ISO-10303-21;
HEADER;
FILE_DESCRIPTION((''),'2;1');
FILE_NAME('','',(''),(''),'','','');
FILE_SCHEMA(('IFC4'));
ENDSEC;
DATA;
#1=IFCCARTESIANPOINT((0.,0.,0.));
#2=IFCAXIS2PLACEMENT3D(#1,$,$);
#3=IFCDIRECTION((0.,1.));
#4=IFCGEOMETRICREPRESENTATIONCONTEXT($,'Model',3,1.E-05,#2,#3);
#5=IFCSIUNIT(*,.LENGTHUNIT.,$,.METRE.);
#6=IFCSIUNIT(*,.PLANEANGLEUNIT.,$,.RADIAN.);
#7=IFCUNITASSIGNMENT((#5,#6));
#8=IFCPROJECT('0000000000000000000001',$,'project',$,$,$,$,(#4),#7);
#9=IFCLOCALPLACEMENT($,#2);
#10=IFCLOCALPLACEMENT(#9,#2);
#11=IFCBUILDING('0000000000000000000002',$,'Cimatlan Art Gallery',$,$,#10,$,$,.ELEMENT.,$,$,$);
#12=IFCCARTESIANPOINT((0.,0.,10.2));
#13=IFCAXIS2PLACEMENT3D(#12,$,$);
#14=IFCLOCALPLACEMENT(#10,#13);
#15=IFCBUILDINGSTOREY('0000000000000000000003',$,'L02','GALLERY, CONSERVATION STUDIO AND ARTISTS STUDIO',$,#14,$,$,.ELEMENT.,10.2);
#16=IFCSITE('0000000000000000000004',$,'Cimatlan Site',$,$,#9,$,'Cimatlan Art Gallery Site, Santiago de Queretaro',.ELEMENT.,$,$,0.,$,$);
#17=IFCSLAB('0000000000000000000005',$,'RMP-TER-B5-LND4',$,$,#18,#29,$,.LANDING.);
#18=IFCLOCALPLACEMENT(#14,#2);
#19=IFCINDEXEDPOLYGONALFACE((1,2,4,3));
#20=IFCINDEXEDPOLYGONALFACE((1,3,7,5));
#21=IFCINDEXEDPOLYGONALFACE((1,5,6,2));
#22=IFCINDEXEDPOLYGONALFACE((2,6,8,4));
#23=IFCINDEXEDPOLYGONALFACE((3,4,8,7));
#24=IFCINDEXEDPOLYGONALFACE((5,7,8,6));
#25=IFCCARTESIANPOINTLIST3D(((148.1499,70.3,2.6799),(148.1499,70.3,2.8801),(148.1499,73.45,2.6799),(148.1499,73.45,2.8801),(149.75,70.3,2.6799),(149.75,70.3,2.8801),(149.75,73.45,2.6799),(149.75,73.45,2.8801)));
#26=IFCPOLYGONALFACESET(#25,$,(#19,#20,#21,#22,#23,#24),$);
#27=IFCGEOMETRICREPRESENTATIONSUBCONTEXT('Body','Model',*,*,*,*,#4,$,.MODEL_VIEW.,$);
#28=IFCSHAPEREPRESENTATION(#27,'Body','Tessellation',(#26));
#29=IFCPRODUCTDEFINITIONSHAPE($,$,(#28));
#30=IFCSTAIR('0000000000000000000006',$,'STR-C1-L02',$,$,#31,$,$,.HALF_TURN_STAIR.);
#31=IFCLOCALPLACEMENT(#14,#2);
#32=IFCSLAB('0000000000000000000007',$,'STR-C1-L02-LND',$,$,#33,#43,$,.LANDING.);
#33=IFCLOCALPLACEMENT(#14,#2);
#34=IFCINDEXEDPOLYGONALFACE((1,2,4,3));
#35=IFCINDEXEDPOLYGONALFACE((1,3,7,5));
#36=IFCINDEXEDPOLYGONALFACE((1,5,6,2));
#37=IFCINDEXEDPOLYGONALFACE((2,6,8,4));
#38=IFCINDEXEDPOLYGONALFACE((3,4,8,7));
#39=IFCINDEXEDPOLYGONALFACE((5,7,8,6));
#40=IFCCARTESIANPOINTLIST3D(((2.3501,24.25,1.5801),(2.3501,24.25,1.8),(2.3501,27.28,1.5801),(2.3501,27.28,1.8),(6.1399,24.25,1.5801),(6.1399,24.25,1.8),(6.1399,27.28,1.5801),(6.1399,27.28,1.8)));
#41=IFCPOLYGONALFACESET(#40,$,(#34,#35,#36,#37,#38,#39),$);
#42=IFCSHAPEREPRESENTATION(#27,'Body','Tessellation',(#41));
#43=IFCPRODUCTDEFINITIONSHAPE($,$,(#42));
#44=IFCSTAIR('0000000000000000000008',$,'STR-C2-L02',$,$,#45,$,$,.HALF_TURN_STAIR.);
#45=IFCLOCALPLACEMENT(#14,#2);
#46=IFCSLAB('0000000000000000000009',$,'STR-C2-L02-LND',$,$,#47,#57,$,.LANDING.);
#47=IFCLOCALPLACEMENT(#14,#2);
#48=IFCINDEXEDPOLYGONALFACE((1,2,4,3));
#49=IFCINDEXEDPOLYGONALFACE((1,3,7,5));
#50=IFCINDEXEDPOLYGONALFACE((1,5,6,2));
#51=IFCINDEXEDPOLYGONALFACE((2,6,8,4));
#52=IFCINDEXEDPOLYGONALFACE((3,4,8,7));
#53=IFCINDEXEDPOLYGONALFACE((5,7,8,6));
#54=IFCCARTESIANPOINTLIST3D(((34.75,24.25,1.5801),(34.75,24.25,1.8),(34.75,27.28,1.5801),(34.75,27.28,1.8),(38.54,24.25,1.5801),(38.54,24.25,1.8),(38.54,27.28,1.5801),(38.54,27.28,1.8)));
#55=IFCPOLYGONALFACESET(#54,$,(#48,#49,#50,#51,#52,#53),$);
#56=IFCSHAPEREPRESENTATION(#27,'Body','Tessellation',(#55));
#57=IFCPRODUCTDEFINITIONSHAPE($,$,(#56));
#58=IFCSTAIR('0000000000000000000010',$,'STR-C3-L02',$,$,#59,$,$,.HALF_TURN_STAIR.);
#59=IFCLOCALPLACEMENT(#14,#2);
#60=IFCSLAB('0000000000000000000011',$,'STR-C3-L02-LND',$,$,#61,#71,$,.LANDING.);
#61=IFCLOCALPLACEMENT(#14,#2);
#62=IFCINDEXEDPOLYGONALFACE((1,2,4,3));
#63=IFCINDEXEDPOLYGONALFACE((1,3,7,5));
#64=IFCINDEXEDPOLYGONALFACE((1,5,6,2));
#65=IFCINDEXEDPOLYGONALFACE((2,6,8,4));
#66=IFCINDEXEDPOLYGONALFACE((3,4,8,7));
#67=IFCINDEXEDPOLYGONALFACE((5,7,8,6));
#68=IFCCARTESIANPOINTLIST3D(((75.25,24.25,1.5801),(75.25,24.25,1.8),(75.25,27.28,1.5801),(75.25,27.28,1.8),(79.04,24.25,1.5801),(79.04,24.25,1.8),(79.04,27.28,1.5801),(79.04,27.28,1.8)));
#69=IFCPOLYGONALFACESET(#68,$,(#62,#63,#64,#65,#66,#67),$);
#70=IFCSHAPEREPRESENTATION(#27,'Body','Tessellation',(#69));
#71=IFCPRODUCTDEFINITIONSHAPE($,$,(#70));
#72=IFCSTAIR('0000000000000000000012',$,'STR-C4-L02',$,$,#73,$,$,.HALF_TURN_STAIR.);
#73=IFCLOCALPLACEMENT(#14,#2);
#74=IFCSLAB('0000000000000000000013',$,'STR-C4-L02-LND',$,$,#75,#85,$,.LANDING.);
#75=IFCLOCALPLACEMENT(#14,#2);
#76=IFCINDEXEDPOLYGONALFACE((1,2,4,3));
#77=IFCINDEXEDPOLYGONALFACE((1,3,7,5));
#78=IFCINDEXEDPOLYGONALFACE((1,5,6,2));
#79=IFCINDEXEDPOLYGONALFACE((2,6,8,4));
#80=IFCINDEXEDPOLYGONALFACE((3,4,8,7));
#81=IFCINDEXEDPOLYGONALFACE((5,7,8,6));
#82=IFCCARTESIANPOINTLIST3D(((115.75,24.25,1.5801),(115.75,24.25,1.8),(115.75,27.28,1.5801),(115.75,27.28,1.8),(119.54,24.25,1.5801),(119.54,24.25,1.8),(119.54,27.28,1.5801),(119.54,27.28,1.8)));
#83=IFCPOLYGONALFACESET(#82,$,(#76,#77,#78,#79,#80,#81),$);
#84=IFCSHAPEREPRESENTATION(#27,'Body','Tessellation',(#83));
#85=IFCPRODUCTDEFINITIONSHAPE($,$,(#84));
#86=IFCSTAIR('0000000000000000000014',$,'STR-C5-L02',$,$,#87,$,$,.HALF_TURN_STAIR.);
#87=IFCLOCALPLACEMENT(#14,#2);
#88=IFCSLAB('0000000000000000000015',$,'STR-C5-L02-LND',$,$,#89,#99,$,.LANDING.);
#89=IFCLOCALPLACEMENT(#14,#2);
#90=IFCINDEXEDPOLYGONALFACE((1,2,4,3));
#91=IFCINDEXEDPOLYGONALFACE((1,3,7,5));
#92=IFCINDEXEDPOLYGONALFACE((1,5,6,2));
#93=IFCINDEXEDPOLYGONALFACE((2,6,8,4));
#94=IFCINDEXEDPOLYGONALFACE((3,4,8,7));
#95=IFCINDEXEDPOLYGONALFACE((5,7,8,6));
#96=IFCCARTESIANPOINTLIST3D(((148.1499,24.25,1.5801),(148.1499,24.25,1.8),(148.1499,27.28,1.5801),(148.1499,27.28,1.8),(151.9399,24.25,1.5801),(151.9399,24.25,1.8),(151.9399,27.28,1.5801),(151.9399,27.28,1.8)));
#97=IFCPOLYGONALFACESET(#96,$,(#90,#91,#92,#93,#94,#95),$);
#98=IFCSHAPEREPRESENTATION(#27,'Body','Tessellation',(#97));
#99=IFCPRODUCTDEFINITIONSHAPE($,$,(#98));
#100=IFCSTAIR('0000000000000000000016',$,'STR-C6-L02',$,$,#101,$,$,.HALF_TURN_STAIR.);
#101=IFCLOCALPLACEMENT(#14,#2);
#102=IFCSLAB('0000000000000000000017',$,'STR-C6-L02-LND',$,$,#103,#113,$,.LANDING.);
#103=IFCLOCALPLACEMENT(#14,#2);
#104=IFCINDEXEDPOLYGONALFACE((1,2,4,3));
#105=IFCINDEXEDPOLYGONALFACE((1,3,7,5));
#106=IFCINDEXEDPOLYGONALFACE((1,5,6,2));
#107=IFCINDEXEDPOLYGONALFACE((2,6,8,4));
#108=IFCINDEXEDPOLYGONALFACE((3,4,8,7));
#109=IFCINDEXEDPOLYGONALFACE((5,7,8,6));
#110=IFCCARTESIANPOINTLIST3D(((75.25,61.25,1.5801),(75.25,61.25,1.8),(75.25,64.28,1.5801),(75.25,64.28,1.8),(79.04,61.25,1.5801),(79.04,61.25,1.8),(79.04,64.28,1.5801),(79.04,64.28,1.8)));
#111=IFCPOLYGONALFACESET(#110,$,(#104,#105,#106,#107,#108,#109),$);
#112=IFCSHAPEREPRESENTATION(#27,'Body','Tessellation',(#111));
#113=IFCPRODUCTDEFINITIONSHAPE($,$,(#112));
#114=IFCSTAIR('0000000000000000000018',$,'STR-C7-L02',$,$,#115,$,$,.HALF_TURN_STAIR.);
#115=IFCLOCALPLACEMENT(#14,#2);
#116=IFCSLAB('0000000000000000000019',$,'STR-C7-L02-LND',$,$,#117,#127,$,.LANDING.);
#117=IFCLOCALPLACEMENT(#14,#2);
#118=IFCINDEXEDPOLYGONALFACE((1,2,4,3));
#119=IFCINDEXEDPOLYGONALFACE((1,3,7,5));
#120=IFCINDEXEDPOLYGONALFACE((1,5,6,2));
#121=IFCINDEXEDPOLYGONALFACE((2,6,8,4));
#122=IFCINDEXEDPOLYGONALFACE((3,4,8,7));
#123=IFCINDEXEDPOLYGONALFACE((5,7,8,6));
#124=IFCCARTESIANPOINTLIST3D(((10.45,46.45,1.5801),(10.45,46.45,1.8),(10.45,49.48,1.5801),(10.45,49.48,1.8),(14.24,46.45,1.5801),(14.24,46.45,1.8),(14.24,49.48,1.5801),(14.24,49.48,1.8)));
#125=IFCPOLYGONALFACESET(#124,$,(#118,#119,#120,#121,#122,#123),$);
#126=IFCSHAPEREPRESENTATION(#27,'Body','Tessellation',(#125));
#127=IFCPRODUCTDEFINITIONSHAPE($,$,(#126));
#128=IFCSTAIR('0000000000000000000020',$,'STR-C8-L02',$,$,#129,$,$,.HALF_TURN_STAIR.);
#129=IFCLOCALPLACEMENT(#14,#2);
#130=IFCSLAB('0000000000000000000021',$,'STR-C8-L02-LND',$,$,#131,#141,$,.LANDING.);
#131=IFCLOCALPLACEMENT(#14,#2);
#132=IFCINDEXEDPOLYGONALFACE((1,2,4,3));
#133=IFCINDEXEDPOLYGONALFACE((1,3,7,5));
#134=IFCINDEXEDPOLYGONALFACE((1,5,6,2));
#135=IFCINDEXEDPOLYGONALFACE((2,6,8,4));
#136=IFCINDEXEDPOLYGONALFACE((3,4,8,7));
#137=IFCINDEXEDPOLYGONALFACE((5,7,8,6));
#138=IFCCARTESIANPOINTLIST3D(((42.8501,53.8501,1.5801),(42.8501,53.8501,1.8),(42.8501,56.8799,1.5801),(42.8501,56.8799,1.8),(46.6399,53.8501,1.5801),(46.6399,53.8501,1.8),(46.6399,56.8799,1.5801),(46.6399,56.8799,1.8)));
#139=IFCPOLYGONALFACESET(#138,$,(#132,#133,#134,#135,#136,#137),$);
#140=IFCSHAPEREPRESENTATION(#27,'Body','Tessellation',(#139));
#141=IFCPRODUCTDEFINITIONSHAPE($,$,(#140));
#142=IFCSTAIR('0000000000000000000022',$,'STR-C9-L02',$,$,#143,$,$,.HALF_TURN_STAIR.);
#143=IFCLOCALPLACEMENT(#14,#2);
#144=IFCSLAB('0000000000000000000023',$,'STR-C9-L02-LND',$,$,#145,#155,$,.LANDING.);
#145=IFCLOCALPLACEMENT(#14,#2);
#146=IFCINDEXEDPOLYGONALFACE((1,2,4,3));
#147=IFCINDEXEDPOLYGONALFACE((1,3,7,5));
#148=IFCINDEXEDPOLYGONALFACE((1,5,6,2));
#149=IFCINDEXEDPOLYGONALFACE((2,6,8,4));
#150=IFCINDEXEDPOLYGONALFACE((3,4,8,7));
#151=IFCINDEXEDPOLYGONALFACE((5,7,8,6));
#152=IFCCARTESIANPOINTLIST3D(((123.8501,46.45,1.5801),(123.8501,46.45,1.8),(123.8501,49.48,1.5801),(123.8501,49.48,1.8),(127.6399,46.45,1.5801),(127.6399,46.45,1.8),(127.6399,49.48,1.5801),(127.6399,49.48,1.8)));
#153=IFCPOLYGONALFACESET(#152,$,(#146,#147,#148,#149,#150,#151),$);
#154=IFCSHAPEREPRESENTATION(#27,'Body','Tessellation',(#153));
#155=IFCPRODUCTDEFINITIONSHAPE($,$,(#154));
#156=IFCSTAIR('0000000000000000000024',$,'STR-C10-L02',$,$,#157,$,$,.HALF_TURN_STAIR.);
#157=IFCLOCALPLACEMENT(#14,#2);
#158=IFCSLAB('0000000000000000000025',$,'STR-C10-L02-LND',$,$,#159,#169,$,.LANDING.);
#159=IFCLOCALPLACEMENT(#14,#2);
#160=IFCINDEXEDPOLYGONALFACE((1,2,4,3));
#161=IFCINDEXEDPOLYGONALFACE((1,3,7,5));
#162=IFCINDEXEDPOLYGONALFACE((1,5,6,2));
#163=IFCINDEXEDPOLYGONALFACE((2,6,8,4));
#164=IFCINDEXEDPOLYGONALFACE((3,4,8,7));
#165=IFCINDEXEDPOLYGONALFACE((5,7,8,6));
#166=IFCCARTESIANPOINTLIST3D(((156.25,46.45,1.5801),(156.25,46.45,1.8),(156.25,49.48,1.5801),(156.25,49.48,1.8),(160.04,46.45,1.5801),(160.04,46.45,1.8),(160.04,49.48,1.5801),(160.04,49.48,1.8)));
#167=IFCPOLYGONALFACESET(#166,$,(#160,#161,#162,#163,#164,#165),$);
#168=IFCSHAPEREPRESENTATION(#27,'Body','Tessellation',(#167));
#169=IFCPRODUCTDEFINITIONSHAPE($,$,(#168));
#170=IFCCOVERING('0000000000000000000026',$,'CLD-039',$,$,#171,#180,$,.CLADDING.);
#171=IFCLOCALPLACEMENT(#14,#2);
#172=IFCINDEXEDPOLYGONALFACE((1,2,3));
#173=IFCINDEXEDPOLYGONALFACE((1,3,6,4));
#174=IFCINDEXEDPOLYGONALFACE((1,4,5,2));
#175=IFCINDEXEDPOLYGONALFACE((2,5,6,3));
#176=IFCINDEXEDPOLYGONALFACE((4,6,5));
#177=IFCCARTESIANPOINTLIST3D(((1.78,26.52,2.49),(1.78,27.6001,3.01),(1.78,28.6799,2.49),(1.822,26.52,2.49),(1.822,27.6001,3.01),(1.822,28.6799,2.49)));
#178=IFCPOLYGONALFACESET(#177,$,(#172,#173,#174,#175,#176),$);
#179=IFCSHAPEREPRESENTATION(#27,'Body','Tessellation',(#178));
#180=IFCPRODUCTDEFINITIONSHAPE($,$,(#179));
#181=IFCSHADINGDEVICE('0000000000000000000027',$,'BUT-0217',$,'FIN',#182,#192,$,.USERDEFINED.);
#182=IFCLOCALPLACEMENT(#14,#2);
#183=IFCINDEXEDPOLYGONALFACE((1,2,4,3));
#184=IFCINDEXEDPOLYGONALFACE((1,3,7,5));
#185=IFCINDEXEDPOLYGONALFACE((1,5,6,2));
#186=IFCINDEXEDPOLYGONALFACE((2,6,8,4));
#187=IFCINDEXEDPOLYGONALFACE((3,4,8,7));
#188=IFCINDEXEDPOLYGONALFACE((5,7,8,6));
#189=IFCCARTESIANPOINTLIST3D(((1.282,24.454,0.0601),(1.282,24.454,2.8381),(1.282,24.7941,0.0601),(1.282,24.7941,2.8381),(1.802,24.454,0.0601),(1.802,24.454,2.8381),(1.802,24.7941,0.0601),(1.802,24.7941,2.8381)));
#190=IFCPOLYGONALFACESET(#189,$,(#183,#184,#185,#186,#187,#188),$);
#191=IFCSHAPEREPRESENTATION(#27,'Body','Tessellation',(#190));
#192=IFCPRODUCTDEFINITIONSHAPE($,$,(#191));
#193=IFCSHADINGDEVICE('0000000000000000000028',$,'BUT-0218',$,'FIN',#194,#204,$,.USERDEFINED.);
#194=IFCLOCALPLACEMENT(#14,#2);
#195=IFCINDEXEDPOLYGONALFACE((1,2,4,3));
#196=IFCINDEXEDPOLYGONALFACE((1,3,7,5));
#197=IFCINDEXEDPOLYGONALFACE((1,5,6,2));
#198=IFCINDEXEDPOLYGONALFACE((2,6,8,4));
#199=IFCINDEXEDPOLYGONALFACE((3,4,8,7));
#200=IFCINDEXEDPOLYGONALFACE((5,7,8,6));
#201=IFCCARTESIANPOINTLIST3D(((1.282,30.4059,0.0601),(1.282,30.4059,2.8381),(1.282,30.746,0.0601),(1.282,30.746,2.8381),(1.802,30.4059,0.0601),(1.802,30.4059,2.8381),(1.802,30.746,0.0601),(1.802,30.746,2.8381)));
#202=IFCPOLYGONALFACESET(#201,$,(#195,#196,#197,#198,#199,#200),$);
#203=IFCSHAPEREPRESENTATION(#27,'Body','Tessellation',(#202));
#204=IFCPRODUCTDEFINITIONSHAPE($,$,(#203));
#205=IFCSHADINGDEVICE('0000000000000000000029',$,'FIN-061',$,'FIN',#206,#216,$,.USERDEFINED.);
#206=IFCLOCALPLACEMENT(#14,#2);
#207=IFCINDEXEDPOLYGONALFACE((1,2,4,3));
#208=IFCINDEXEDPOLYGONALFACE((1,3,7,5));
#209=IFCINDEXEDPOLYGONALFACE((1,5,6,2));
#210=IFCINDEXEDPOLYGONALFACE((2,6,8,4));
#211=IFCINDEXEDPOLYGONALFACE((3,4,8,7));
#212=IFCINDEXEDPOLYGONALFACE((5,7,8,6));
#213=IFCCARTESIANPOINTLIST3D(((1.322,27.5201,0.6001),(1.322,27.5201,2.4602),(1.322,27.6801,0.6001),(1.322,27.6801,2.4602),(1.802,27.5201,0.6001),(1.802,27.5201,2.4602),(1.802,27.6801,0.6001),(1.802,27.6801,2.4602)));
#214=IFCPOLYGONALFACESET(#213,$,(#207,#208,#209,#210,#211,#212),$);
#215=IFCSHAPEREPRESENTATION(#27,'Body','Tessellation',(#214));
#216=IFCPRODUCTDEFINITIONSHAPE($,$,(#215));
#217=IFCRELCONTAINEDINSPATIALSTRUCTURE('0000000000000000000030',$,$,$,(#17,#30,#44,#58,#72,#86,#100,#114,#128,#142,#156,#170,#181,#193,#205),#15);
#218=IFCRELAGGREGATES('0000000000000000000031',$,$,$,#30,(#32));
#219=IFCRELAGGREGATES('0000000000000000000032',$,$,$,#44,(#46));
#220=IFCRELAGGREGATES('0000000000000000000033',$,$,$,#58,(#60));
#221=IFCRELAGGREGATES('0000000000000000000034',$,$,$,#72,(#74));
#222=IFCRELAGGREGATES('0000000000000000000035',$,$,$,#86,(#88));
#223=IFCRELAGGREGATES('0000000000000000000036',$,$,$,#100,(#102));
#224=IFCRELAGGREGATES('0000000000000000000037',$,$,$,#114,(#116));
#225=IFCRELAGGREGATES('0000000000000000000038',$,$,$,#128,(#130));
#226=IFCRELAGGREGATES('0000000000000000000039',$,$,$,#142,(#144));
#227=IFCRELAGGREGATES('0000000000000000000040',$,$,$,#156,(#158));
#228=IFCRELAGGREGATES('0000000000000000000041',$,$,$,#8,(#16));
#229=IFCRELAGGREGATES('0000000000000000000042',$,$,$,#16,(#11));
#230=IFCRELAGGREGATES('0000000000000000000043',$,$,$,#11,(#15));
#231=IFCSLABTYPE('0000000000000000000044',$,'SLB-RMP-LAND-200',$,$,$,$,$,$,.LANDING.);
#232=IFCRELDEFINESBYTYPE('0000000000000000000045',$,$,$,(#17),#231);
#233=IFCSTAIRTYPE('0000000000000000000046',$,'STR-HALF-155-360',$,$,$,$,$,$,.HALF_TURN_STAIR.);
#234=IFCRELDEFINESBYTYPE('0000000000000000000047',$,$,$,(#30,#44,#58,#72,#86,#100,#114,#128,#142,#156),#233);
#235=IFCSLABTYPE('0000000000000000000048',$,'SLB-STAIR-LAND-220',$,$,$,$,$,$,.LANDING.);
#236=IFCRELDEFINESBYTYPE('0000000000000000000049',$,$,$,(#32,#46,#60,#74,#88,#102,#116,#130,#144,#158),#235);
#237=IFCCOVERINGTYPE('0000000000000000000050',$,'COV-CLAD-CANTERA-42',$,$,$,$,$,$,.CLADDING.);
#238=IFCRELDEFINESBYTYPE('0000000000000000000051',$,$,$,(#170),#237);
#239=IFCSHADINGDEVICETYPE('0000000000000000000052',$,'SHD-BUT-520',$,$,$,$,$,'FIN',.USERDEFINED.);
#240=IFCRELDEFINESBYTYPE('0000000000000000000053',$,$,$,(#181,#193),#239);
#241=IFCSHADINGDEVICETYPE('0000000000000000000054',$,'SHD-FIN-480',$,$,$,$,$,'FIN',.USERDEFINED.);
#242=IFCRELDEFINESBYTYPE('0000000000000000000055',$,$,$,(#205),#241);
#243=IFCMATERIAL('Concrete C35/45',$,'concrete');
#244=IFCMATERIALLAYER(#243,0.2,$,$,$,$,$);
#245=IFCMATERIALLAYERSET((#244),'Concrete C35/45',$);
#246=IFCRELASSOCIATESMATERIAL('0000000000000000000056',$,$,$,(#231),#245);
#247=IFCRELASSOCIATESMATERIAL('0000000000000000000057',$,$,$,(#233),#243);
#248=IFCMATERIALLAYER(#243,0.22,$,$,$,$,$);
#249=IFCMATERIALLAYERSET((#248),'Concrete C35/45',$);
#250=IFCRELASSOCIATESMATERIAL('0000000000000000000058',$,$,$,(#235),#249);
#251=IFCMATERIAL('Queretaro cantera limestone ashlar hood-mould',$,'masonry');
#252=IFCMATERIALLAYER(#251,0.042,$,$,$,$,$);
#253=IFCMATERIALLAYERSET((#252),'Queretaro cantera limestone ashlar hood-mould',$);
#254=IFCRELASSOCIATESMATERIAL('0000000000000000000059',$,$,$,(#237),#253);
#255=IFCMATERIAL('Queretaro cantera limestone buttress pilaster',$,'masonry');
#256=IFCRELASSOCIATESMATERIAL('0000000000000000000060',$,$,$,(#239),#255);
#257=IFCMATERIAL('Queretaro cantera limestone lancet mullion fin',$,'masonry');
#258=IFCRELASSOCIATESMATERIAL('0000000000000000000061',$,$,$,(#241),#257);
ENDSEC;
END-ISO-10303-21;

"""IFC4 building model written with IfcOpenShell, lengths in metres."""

from ifc_helpers import new_model, si_unit, direction, frame, origin, origin_2d, place, context, subcontext, project, spatial, polyline, rectangle, outline, extrude, material, layer, layer_set, type_object, element, aggregate, save


model = new_model("IFC4")

# Units and contexts
model_context = context("Model", 3, precision=1e-05, world=origin(), true_north=direction((0.0, 1.0)))
body_context = subcontext(model_context, "Body", "Model", "MODEL_VIEW")
ifc_project = project(units=[si_unit("LENGTHUNIT", "METRE"), si_unit("PLANEANGLEUNIT", "RADIAN")], contexts=[model_context])

# Site, building, storey
site_placement = place(None, origin())
site = spatial("IfcSite", under=ifc_project, at=site_placement, Name="Cimatlan Site", LongName="Cimatlan Art Gallery Site, Santiago de Queretaro", CompositionType="ELEMENT", RefElevation=0.0)
building_placement = place(site_placement, origin())
building = spatial("IfcBuilding", under=site, at=building_placement, Name="Cimatlan Art Gallery", CompositionType="ELEMENT")
storey_placement = place(building_placement, frame((0.0, 0.0, 10.2)))
storey = spatial("IfcBuildingStorey", under=building, at=storey_placement, Name="L02", Description="GALLERY, CONSERVATION STUDIO AND ARTISTS STUDIO", CompositionType="ELEMENT", Elevation=10.2)

# Slab
ifc_material_1 = material(Name="Concrete C35/45", Category="concrete")
ifc_layer_1 = layer(ifc_material_1, 0.2)
ifc_layer_set_1 = layer_set([ifc_layer_1], Name="Concrete C35/45")
slab_type_1 = type_object("IfcSlabType", Name="SLB-RMP-LAND-200", PredefinedType="LANDING", material=ifc_layer_set_1)
slab_1_placement = place(storey_placement, frame((0.0, 0.0, 2.6799)))
element("IfcSlab", 1, at=slab_1_placement, inside=storey, type_object=slab_type_1, Name="RMP-TER-B5-LND4", PredefinedType="LANDING", context=body_context, shape_type="SweptSolid", body=[
    extrude(outline(polyline([(148.1499, 70.3), (149.75, 70.3), (149.75, 73.45), (148.1499, 73.45), (148.1499, 70.3)])), origin(), (0.0, 0.0, 1.0), 0.2002),
])

# Stairs, slabs
stair_type = type_object("IfcStairType", Name="STR-HALF-155-360", PredefinedType="HALF_TURN_STAIR", material=ifc_material_1)
stair_1_placement = place(storey_placement, origin())
stair_1 = element("IfcStair", 2, at=stair_1_placement, inside=storey, type_object=stair_type, Name="STR-C1-L02", PredefinedType="HALF_TURN_STAIR")
ifc_layer_2 = layer(ifc_material_1, 0.22)
ifc_layer_set_2 = layer_set([ifc_layer_2], Name="Concrete C35/45")
slab_type_2 = type_object("IfcSlabType", Name="SLB-STAIR-LAND-220", PredefinedType="LANDING", material=ifc_layer_set_2)
slab_2_placement = place(storey_placement, frame((0.0, 0.0, 1.5801)))
slab_2 = element("IfcSlab", 3, at=slab_2_placement, type_object=slab_type_2, Name="STR-C1-L02-LND", PredefinedType="LANDING", context=body_context, shape_type="SweptSolid", body=[
    extrude(outline(polyline([(2.3501, 24.25), (6.1399, 24.25), (6.1399, 27.28), (2.3501, 27.28), (2.3501, 24.25)])), origin(), (0.0, 0.0, 1.0), 0.22),
])
aggregate(stair_1, [slab_2])
stair_2_placement = place(storey_placement, origin())
stair_2 = element("IfcStair", 4, at=stair_2_placement, inside=storey, type_object=stair_type, Name="STR-C2-L02", PredefinedType="HALF_TURN_STAIR")
slab_3_placement = place(storey_placement, frame((0.0, 0.0, 1.5801)))
slab_3 = element("IfcSlab", 5, at=slab_3_placement, type_object=slab_type_2, Name="STR-C2-L02-LND", PredefinedType="LANDING", context=body_context, shape_type="SweptSolid", body=[
    extrude(outline(polyline([(34.75, 24.25), (38.54, 24.25), (38.54, 27.28), (34.75, 27.28), (34.75, 24.25)])), origin(), (0.0, 0.0, 1.0), 0.22),
])
aggregate(stair_2, [slab_3])
stair_3_placement = place(storey_placement, origin())
stair_3 = element("IfcStair", 6, at=stair_3_placement, inside=storey, type_object=stair_type, Name="STR-C3-L02", PredefinedType="HALF_TURN_STAIR")
slab_4_placement = place(storey_placement, frame((0.0, 0.0, 1.5801)))
slab_4 = element("IfcSlab", 7, at=slab_4_placement, type_object=slab_type_2, Name="STR-C3-L02-LND", PredefinedType="LANDING", context=body_context, shape_type="SweptSolid", body=[
    extrude(outline(polyline([(75.25, 24.25), (79.04, 24.25), (79.04, 27.28), (75.25, 27.28), (75.25, 24.25)])), origin(), (0.0, 0.0, 1.0), 0.22),
])
aggregate(stair_3, [slab_4])
stair_4_placement = place(storey_placement, origin())
stair_4 = element("IfcStair", 8, at=stair_4_placement, inside=storey, type_object=stair_type, Name="STR-C4-L02", PredefinedType="HALF_TURN_STAIR")
slab_5_placement = place(storey_placement, frame((0.0, 0.0, 1.5801)))
slab_5 = element("IfcSlab", 9, at=slab_5_placement, type_object=slab_type_2, Name="STR-C4-L02-LND", PredefinedType="LANDING", context=body_context, shape_type="SweptSolid", body=[
    extrude(outline(polyline([(115.75, 24.25), (119.54, 24.25), (119.54, 27.28), (115.75, 27.28), (115.75, 24.25)])), origin(), (0.0, 0.0, 1.0), 0.22),
])
aggregate(stair_4, [slab_5])
stair_5_placement = place(storey_placement, origin())
stair_5 = element("IfcStair", 10, at=stair_5_placement, inside=storey, type_object=stair_type, Name="STR-C5-L02", PredefinedType="HALF_TURN_STAIR")
slab_6_placement = place(storey_placement, frame((0.0, 0.0, 1.5801)))
slab_6 = element("IfcSlab", 11, at=slab_6_placement, type_object=slab_type_2, Name="STR-C5-L02-LND", PredefinedType="LANDING", context=body_context, shape_type="SweptSolid", body=[
    extrude(outline(polyline([(148.1499, 24.25), (151.9399, 24.25), (151.9399, 27.28), (148.1499, 27.28), (148.1499, 24.25)])), origin(), (0.0, 0.0, 1.0), 0.22),
])
aggregate(stair_5, [slab_6])
stair_6_placement = place(storey_placement, origin())
stair_6 = element("IfcStair", 12, at=stair_6_placement, inside=storey, type_object=stair_type, Name="STR-C6-L02", PredefinedType="HALF_TURN_STAIR")
slab_7_placement = place(storey_placement, frame((0.0, 0.0, 1.5801)))
slab_7 = element("IfcSlab", 13, at=slab_7_placement, type_object=slab_type_2, Name="STR-C6-L02-LND", PredefinedType="LANDING", context=body_context, shape_type="SweptSolid", body=[
    extrude(outline(polyline([(75.25, 61.25), (79.04, 61.25), (79.04, 64.28), (75.25, 64.28), (75.25, 61.25)])), origin(), (0.0, 0.0, 1.0), 0.22),
])
aggregate(stair_6, [slab_7])
stair_7_placement = place(storey_placement, origin())
stair_7 = element("IfcStair", 14, at=stair_7_placement, inside=storey, type_object=stair_type, Name="STR-C7-L02", PredefinedType="HALF_TURN_STAIR")
slab_8_placement = place(storey_placement, frame((0.0, 0.0, 1.5801)))
slab_8 = element("IfcSlab", 15, at=slab_8_placement, type_object=slab_type_2, Name="STR-C7-L02-LND", PredefinedType="LANDING", context=body_context, shape_type="SweptSolid", body=[
    extrude(outline(polyline([(10.45, 46.45), (14.24, 46.45), (14.24, 49.48), (10.45, 49.48), (10.45, 46.45)])), origin(), (0.0, 0.0, 1.0), 0.22),
])
aggregate(stair_7, [slab_8])
stair_8_placement = place(storey_placement, origin())
stair_8 = element("IfcStair", 16, at=stair_8_placement, inside=storey, type_object=stair_type, Name="STR-C8-L02", PredefinedType="HALF_TURN_STAIR")
slab_9_placement = place(storey_placement, frame((0.0, 0.0, 1.5801)))
slab_9 = element("IfcSlab", 17, at=slab_9_placement, type_object=slab_type_2, Name="STR-C8-L02-LND", PredefinedType="LANDING", context=body_context, shape_type="SweptSolid", body=[
    extrude(outline(polyline([(42.8501, 53.8501), (46.6399, 53.8501), (46.6399, 56.8799), (42.8501, 56.8799), (42.8501, 53.8501)])), origin(), (0.0, 0.0, 1.0), 0.22),
])
aggregate(stair_8, [slab_9])
stair_9_placement = place(storey_placement, origin())
stair_9 = element("IfcStair", 18, at=stair_9_placement, inside=storey, type_object=stair_type, Name="STR-C9-L02", PredefinedType="HALF_TURN_STAIR")
slab_10_placement = place(storey_placement, frame((0.0, 0.0, 1.5801)))
slab_10 = element("IfcSlab", 19, at=slab_10_placement, type_object=slab_type_2, Name="STR-C9-L02-LND", PredefinedType="LANDING", context=body_context, shape_type="SweptSolid", body=[
    extrude(outline(polyline([(123.8501, 46.45), (127.6399, 46.45), (127.6399, 49.48), (123.8501, 49.48), (123.8501, 46.45)])), origin(), (0.0, 0.0, 1.0), 0.22),
])
aggregate(stair_9, [slab_10])
stair_10_placement = place(storey_placement, origin())
stair_10 = element("IfcStair", 20, at=stair_10_placement, inside=storey, type_object=stair_type, Name="STR-C10-L02", PredefinedType="HALF_TURN_STAIR")
slab_11_placement = place(storey_placement, frame((0.0, 0.0, 1.5801)))
slab_11 = element("IfcSlab", 21, at=slab_11_placement, type_object=slab_type_2, Name="STR-C10-L02-LND", PredefinedType="LANDING", context=body_context, shape_type="SweptSolid", body=[
    extrude(outline(polyline([(156.25, 46.45), (160.04, 46.45), (160.04, 49.48), (156.25, 49.48), (156.25, 46.45)])), origin(), (0.0, 0.0, 1.0), 0.22),
])
aggregate(stair_10, [slab_11])

# Covering
ifc_material_2 = material(Name="Queretaro cantera limestone ashlar hood-mould", Category="masonry")
ifc_layer_3 = layer(ifc_material_2, 0.042)
ifc_layer_set_3 = layer_set([ifc_layer_3], Name="Queretaro cantera limestone ashlar hood-mould")
covering_type = type_object("IfcCoveringType", Name="COV-CLAD-CANTERA-42", PredefinedType="CLADDING", material=ifc_layer_set_3)
covering_placement = place(storey_placement, frame((1.822, 26.52, 2.49), z_axis=(1.0, 0.0, 0.0), x_axis=(0.0, 1.0, 0.0)))
element("IfcCovering", 22, at=covering_placement, inside=storey, type_object=covering_type, Name="CLD-039", PredefinedType="CLADDING", context=body_context, shape_type="SweptSolid", body=[
    extrude(outline(polyline([(0.0, 0.0), (2.1599, 0.0), (1.0801, 0.52), (0.0, 0.0)])), origin(), (0.0, 0.0, -1.0), 0.042),
])

# Shading devices
ifc_material_3 = material(Name="Queretaro cantera limestone buttress pilaster", Category="masonry")
shading_device_type_1 = type_object("IfcShadingDeviceType", Name="SHD-BUT-520", ElementType="FIN", PredefinedType="USERDEFINED", material=ifc_material_3)
for number, where, z_axis, x_axis, name in (
    (23, (1.542, 24.624, 0.0601), (0.0, 0.0, 1.0), (0.0, 1.0, 0.0), "BUT-0217"),
    (24, (1.542, 30.5759, 0.0601), (0.0, 0.0, 1.0), (0.0, 1.0, 0.0), "BUT-0218"),
):
    element("IfcShadingDevice", number, at=place(storey_placement, frame(where, z_axis=z_axis, x_axis=x_axis)), inside=storey, type_object=shading_device_type_1, Name=name, ObjectType="FIN", PredefinedType="USERDEFINED", context=body_context, shape_type="SweptSolid", body=[
        extrude(rectangle(XDim=0.3401, YDim=0.52, at=origin_2d()), origin(), (0.0, 0.0, 1.0), 2.7781),
    ])
ifc_material_4 = material(Name="Queretaro cantera limestone lancet mullion fin", Category="masonry")
shading_device_type_2 = type_object("IfcShadingDeviceType", Name="SHD-FIN-480", ElementType="FIN", PredefinedType="USERDEFINED", material=ifc_material_4)
shading_device_placement = place(storey_placement, frame((1.562, 27.6001, 0.6001), z_axis=(0.0, 0.0, 1.0), x_axis=(0.0, 1.0, 0.0)))
element("IfcShadingDevice", 25, at=shading_device_placement, inside=storey, type_object=shading_device_type_2, Name="FIN-061", ObjectType="FIN", PredefinedType="USERDEFINED", context=body_context, shape_type="SweptSolid", body=[
    extrude(rectangle(XDim=0.1599, YDim=0.48, at=origin_2d()), origin(), (0.0, 0.0, 1.0), 1.8601),
])

save(model, "model.ifc")
